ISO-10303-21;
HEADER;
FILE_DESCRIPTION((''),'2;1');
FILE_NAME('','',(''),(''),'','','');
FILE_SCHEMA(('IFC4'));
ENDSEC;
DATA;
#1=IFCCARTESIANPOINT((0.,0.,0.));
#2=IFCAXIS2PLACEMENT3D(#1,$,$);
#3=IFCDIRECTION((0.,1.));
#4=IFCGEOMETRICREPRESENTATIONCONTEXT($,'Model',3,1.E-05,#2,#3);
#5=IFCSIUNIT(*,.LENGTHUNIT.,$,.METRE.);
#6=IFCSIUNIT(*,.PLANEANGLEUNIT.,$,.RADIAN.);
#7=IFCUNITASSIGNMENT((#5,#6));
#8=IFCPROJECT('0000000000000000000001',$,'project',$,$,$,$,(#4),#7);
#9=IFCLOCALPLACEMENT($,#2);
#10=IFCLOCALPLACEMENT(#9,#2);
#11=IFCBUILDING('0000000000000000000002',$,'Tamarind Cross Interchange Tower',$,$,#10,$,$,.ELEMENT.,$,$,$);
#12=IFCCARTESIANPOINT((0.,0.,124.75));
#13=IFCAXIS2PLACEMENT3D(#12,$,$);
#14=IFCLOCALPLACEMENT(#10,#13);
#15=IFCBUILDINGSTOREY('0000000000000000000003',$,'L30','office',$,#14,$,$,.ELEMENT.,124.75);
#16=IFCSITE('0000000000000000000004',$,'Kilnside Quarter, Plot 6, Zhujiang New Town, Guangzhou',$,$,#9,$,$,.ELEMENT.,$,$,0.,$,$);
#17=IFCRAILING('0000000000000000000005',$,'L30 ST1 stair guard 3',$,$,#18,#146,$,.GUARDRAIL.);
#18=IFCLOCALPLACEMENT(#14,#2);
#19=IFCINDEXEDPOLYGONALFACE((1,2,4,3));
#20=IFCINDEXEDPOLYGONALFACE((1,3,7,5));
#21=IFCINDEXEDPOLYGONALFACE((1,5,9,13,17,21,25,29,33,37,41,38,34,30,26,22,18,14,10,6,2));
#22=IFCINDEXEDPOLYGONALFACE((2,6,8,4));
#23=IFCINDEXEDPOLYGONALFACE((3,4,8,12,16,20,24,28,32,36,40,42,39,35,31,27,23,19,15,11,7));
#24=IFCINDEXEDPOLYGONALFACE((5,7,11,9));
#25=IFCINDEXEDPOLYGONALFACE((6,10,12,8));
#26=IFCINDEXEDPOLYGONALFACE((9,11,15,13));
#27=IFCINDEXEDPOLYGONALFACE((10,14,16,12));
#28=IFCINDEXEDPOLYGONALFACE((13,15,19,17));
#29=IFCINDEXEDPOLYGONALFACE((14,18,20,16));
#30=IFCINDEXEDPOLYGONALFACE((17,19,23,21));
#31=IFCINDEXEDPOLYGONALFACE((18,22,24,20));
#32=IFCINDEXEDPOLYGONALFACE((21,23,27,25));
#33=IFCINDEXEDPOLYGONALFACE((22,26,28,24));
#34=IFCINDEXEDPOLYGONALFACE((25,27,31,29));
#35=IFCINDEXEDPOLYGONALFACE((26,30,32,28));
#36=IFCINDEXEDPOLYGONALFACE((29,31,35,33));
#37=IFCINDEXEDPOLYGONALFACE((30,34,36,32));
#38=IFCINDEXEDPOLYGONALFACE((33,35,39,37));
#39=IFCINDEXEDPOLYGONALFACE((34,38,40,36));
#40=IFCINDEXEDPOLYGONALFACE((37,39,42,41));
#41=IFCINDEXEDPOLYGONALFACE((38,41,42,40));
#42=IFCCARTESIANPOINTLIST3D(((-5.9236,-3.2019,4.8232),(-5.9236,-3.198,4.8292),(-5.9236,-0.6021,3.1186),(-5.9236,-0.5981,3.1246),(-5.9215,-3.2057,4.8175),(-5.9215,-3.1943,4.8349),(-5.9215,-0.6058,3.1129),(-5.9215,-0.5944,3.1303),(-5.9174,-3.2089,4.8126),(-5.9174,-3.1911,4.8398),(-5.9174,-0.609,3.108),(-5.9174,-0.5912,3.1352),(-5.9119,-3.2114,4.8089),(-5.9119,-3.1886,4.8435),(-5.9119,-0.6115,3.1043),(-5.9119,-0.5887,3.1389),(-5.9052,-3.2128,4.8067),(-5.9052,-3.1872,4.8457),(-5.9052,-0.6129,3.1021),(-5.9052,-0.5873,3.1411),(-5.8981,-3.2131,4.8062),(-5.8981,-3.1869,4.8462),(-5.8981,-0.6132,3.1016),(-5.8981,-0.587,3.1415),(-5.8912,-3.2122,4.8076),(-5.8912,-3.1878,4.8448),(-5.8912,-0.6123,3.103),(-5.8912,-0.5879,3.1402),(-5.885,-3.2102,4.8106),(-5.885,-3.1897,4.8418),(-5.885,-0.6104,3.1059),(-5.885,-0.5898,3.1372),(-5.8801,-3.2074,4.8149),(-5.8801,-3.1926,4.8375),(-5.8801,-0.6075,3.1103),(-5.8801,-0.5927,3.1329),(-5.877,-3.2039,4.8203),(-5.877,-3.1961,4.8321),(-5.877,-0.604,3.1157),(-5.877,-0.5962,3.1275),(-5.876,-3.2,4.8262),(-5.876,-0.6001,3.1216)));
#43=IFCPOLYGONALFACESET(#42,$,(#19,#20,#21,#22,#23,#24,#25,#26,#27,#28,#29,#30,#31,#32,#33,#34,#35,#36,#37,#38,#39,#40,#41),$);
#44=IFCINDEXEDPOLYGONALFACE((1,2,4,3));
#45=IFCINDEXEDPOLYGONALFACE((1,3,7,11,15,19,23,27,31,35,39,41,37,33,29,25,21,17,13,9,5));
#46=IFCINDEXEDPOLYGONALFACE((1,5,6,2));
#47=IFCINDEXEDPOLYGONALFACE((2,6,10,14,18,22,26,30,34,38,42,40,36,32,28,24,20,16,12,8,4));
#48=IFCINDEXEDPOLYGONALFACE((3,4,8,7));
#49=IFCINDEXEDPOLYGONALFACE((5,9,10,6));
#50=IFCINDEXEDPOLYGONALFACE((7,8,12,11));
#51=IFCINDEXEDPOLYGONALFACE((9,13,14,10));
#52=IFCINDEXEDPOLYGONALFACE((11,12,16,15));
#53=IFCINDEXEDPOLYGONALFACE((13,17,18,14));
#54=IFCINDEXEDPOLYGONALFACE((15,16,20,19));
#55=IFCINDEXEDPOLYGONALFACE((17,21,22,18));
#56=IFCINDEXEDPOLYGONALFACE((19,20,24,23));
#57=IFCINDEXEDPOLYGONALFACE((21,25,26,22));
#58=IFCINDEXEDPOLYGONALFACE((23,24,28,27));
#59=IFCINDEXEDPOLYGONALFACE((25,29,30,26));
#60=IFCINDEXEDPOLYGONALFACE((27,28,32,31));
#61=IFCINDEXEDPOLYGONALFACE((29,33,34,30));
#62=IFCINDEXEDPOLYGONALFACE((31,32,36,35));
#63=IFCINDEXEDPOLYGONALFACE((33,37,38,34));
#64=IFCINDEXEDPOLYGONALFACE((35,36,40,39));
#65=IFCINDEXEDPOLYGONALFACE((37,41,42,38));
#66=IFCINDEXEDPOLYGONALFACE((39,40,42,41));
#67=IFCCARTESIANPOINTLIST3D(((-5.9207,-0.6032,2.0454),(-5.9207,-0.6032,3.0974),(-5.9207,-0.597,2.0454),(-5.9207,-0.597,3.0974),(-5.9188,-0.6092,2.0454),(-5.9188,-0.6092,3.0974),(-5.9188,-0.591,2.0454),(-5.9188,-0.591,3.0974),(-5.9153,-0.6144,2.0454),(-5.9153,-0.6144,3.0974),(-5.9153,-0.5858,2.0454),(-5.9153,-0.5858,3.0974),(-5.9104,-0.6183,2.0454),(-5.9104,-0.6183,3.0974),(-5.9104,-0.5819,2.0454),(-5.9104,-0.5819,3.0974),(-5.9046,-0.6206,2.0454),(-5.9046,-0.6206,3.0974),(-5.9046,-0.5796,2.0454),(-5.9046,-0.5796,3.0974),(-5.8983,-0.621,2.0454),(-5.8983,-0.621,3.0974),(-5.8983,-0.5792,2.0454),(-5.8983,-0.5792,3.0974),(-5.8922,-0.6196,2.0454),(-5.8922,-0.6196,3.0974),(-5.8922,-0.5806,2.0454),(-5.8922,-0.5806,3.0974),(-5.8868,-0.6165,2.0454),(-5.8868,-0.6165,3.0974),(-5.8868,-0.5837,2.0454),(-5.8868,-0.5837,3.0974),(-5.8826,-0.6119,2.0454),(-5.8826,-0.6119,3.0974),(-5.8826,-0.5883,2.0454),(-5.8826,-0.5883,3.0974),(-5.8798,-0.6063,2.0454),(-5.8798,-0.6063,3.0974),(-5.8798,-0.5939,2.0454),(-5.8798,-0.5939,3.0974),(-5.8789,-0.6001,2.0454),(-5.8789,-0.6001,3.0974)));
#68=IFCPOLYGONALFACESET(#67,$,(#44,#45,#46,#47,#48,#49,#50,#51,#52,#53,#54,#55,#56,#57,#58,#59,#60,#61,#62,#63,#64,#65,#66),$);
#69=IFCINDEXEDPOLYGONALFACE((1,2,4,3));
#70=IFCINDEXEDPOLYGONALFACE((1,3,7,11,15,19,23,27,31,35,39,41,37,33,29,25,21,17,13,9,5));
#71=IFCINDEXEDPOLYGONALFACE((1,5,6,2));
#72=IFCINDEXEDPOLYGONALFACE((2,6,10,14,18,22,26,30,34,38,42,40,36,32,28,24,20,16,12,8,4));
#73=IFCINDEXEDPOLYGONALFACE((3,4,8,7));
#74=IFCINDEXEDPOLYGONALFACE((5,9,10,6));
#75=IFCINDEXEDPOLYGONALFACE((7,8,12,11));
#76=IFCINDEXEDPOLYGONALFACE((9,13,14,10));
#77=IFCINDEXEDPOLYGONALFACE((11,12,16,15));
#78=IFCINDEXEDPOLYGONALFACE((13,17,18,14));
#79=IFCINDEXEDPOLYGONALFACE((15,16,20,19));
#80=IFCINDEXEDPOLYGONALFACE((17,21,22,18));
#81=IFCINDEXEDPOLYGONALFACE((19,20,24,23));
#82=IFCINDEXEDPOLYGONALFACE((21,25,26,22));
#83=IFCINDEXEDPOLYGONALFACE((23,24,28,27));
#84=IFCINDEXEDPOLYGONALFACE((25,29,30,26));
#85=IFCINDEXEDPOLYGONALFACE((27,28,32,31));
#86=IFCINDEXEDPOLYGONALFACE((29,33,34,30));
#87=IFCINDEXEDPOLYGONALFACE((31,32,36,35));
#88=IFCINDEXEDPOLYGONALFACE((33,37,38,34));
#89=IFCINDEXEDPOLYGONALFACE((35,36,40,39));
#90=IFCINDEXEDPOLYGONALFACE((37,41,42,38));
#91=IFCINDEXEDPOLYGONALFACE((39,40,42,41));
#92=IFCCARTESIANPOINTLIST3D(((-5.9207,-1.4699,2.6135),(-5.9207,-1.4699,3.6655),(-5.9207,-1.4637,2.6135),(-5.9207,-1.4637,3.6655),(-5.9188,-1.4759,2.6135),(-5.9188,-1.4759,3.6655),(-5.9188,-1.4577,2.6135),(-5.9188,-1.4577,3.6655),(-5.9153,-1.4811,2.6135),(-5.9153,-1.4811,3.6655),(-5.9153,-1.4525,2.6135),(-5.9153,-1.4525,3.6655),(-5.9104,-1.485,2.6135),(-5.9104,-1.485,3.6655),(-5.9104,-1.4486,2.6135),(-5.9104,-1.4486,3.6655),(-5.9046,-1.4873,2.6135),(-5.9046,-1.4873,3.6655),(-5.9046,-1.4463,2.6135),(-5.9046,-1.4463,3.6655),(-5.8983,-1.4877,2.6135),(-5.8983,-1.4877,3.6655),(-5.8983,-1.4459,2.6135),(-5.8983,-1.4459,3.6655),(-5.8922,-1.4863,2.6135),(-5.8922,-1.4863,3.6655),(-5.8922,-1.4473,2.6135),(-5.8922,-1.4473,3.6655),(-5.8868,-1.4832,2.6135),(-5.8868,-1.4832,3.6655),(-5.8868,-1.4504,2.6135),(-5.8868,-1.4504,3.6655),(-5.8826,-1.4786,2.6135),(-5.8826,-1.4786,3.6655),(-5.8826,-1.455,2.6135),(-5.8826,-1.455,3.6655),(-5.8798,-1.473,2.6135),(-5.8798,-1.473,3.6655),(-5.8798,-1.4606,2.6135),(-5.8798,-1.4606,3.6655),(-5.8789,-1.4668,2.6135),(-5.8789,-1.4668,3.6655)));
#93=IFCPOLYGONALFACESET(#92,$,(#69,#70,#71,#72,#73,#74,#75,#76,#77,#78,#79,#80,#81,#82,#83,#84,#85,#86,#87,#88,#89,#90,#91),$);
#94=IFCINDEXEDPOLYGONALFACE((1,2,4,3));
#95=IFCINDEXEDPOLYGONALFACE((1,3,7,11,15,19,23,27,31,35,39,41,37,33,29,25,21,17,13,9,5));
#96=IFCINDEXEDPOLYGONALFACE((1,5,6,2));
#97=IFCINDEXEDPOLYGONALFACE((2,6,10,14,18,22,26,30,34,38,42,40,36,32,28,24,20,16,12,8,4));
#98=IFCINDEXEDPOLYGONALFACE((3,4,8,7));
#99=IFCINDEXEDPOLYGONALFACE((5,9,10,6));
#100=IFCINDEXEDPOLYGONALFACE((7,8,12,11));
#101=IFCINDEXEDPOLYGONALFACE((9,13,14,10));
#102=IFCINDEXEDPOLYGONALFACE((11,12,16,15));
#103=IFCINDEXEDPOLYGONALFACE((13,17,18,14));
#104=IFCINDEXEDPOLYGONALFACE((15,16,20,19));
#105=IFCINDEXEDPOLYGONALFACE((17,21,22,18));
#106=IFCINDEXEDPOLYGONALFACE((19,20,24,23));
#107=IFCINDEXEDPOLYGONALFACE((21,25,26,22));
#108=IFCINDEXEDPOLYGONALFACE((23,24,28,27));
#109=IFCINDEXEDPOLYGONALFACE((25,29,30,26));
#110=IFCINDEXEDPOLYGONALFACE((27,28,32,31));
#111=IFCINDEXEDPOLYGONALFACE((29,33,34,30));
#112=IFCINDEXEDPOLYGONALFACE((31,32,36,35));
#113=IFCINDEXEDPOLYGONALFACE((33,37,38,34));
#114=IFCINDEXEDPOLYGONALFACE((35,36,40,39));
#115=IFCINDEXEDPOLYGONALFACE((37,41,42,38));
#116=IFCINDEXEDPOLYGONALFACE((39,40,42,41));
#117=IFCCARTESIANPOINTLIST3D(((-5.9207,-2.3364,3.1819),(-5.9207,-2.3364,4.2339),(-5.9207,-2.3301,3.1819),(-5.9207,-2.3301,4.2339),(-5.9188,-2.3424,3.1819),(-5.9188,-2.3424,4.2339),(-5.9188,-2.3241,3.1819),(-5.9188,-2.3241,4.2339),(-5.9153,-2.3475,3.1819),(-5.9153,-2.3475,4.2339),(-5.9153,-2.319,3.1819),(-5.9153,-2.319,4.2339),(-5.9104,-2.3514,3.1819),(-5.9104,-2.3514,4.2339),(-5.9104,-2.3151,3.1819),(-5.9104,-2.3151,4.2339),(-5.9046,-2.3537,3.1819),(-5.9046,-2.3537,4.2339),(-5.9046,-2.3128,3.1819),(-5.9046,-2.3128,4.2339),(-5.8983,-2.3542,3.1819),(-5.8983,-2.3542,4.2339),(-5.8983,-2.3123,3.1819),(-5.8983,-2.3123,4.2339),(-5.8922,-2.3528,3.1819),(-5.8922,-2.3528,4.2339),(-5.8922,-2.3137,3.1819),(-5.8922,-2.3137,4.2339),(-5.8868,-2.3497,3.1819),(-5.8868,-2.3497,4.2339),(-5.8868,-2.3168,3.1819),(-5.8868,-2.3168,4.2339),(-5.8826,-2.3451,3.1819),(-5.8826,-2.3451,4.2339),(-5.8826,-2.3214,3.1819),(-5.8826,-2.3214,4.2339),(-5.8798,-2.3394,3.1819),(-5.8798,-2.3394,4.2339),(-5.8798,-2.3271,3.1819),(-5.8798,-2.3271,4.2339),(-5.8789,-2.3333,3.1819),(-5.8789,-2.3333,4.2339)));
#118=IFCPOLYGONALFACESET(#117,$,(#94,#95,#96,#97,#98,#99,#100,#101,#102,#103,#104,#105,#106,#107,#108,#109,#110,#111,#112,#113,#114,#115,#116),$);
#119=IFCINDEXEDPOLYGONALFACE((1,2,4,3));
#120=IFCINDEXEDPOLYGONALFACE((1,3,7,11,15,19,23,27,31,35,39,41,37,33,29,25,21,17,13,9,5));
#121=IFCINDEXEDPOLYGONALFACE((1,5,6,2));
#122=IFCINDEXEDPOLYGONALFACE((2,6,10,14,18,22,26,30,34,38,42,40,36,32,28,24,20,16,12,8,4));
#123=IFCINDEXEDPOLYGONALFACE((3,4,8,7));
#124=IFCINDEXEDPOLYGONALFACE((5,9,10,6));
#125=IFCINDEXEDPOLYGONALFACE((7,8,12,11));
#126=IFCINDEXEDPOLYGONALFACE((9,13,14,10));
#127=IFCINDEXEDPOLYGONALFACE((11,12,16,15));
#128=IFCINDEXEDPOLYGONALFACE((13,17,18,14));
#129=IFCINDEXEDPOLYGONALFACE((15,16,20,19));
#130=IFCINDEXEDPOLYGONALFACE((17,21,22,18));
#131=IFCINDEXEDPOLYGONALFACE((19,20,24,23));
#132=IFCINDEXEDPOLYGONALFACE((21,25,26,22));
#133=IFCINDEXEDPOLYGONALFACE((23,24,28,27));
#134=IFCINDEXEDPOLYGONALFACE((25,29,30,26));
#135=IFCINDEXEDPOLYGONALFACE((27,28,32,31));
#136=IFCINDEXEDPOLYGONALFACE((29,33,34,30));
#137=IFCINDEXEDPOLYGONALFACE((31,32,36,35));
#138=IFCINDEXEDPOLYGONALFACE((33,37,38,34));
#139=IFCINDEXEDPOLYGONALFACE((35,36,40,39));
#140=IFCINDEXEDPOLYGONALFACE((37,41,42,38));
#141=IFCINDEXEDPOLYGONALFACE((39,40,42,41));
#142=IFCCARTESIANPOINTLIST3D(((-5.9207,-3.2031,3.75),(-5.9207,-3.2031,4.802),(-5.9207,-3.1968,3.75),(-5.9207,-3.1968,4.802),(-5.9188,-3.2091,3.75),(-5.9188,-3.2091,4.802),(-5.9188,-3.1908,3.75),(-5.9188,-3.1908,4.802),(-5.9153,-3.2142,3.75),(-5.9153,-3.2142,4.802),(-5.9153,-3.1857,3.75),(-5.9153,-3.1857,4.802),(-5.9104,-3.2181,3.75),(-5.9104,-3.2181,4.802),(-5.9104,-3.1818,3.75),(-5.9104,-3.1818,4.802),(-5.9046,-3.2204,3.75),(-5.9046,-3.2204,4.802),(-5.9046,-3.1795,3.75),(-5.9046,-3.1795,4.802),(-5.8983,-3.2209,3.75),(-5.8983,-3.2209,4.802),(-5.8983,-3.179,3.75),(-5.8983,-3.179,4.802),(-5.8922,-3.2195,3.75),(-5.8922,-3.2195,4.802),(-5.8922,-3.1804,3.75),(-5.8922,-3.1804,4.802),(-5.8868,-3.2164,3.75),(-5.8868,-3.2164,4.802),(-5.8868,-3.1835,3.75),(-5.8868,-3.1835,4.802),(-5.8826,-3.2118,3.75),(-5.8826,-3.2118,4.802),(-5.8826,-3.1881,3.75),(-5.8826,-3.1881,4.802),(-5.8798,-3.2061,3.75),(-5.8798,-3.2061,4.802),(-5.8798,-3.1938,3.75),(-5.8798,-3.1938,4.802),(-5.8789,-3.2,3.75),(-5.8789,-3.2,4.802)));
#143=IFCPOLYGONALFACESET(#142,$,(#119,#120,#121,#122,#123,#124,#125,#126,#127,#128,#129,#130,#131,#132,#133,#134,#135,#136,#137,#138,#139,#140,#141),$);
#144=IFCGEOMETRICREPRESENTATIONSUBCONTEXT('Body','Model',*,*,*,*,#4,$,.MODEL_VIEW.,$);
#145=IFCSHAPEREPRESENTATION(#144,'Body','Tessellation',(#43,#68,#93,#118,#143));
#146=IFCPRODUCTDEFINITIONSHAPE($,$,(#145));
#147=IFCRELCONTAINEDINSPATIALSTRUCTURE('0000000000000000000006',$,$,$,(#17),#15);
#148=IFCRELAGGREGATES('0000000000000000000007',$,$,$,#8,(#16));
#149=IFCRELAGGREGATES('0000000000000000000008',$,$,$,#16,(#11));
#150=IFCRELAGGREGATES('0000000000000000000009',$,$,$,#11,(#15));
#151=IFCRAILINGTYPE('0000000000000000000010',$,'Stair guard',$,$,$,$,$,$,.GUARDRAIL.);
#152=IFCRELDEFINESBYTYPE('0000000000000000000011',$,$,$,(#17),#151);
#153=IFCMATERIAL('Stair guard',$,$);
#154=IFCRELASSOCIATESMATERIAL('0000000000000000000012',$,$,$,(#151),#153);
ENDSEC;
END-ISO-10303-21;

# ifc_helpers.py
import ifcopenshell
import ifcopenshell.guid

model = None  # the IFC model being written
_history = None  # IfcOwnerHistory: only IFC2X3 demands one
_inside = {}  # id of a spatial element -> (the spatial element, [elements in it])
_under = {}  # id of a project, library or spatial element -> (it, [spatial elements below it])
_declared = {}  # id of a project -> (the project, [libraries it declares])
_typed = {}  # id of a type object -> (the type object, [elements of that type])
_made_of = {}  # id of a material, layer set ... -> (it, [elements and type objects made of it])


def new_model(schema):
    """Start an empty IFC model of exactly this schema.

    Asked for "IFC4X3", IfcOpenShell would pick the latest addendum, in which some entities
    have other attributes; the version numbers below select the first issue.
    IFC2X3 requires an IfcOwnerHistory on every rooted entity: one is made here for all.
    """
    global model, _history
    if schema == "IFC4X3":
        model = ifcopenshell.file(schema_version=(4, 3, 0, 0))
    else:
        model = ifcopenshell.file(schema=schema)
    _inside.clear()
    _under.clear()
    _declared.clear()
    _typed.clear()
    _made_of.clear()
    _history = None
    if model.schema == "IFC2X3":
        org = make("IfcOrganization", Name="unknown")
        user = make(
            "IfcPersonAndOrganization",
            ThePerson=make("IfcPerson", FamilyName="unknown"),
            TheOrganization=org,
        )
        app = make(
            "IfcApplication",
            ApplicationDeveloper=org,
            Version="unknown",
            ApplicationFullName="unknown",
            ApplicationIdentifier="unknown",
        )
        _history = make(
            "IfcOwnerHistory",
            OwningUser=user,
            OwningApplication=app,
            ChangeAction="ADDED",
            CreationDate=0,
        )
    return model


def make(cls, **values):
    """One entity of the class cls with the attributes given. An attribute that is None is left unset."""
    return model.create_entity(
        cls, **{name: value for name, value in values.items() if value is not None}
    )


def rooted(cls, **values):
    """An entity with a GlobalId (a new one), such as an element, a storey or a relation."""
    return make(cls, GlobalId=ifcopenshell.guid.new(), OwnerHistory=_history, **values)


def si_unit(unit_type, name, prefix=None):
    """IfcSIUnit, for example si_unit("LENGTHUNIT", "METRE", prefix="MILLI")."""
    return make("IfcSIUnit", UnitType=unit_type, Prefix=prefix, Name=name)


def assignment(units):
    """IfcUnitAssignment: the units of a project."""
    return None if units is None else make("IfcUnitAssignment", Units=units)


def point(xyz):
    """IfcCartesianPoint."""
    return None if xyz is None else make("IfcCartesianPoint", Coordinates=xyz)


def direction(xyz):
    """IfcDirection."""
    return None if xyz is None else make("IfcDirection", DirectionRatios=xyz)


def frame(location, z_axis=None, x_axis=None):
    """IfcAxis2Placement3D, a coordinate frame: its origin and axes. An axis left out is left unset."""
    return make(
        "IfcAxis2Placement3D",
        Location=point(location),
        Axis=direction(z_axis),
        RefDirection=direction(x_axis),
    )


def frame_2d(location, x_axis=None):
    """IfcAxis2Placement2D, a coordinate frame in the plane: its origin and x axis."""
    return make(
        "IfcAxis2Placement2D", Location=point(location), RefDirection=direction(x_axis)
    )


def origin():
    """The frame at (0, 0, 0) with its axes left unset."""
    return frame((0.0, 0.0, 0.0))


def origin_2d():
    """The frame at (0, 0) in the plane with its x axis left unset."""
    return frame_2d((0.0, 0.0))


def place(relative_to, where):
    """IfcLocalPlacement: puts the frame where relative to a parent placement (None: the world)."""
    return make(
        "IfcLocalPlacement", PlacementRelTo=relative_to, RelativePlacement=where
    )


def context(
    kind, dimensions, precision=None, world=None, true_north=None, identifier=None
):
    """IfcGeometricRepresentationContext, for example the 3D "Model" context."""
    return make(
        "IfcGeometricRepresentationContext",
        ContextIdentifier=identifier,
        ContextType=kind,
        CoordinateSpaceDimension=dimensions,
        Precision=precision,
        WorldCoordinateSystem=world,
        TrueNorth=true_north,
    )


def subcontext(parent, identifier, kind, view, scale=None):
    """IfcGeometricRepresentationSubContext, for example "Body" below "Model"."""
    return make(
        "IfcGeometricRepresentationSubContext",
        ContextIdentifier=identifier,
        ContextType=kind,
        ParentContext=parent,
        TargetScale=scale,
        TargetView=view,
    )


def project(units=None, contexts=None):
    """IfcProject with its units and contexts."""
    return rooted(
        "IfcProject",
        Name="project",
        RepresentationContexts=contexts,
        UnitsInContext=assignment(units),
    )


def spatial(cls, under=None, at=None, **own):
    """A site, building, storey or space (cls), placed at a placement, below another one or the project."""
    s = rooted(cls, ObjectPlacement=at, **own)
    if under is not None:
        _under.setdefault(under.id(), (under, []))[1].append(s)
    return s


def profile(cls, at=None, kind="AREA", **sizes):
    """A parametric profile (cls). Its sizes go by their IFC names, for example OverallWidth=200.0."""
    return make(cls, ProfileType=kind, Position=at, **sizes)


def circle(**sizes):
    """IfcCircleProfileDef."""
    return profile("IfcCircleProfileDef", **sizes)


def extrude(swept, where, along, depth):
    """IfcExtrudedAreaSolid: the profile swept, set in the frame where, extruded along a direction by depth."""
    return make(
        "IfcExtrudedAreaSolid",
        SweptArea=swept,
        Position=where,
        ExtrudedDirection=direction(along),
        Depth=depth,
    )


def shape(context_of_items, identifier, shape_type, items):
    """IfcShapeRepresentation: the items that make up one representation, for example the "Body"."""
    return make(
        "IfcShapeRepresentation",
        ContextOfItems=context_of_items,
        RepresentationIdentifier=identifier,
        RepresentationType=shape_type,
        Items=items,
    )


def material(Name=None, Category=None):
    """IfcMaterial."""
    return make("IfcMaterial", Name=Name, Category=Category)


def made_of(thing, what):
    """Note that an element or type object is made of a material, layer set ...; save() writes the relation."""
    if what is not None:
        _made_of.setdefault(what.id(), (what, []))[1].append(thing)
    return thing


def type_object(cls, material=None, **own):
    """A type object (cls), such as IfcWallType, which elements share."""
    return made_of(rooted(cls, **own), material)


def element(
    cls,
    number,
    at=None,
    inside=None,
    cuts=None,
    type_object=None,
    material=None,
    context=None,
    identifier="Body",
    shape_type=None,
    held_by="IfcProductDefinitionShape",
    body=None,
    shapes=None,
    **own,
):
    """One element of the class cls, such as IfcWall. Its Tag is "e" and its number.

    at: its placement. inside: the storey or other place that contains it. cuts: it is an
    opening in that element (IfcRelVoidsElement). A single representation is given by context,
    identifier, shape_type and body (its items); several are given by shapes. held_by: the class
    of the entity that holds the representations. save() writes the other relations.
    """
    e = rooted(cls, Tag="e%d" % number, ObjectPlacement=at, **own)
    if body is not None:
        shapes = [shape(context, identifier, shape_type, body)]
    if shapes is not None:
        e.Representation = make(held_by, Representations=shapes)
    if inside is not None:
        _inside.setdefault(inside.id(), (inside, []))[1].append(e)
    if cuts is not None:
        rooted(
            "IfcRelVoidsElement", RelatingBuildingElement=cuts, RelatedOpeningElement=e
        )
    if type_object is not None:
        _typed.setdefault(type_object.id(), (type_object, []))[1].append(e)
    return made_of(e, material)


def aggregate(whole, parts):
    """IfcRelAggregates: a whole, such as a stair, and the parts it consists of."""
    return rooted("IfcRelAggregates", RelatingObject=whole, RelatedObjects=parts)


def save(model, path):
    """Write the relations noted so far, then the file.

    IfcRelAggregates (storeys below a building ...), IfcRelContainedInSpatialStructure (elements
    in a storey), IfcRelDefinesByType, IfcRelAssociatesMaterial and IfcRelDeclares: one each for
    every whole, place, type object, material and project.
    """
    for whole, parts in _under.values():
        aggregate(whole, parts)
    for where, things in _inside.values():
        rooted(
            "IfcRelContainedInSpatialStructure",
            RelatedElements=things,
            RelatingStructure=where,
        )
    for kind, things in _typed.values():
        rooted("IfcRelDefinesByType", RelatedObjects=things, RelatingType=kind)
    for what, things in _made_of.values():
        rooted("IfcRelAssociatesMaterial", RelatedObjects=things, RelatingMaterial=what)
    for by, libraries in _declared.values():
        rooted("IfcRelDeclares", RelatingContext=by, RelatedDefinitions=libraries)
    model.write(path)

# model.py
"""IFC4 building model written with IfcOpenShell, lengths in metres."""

from ifc_helpers import new_model, si_unit, direction, frame, origin, origin_2d, place, context, subcontext, project, spatial, circle, extrude, material, type_object, element, save


model = new_model("IFC4")

# Units and contexts
model_context = context("Model", 3, precision=1e-05, world=origin(), true_north=direction((0.0, 1.0)))
body_context = subcontext(model_context, "Body", "Model", "MODEL_VIEW")
ifc_project = project(units=[si_unit("LENGTHUNIT", "METRE"), si_unit("PLANEANGLEUNIT", "RADIAN")], contexts=[model_context])

# Site, building, storey
site_placement = place(None, origin())
site = spatial("IfcSite", under=ifc_project, at=site_placement, Name="Kilnside Quarter, Plot 6, Zhujiang New Town, Guangzhou", CompositionType="ELEMENT", RefElevation=0.0)
building_placement = place(site_placement, origin())
building = spatial("IfcBuilding", under=site, at=building_placement, Name="Tamarind Cross Interchange Tower", CompositionType="ELEMENT")
storey_placement = place(building_placement, frame((0.0, 0.0, 124.75)))
storey = spatial("IfcBuildingStorey", under=building, at=storey_placement, Name="L30", Description="office", CompositionType="ELEMENT", Elevation=124.75)

# Railing
ifc_material_1 = material(Name="Stair guard")
railing_type_1 = type_object("IfcRailingType", Name="Stair guard", PredefinedType="GUARDRAIL", material=ifc_material_1)
railing_1_placement = place(storey_placement, frame((-5.8999, -0.6001, 2.0454)))
element("IfcRailing", 1, at=railing_1_placement, inside=storey, type_object=railing_type_1, Name="L30 ST1 stair guard 3", PredefinedType="GUARDRAIL", context=body_context, shape_type="SweptSolid", body=[
    extrude(circle(Radius=0.0239, at=origin_2d()), frame((0.0, 0.0, 1.0762), z_axis=(0.0, -0.836279, 0.548305), x_axis=(1.0, 0.0, 0.0)), (0.0, 0.0, 1.0), 3.1089),
    extrude(circle(Radius=0.021, at=origin_2d()), origin(), (0.0, 0.0, 1.0), 1.052),
    extrude(circle(Radius=0.021, at=origin_2d()), frame((0.0, -0.8667, 0.5681)), (0.0, 0.0, 1.0), 1.052),
    extrude(circle(Radius=0.021, at=origin_2d()), frame((0.0, -1.7332, 1.1365)), (0.0, 0.0, 1.0), 1.052),
    extrude(circle(Radius=0.021, at=origin_2d()), frame((0.0, -2.5999, 1.7046)), (0.0, 0.0, 1.0), 1.052),
])

save(model, "model.ifc")
